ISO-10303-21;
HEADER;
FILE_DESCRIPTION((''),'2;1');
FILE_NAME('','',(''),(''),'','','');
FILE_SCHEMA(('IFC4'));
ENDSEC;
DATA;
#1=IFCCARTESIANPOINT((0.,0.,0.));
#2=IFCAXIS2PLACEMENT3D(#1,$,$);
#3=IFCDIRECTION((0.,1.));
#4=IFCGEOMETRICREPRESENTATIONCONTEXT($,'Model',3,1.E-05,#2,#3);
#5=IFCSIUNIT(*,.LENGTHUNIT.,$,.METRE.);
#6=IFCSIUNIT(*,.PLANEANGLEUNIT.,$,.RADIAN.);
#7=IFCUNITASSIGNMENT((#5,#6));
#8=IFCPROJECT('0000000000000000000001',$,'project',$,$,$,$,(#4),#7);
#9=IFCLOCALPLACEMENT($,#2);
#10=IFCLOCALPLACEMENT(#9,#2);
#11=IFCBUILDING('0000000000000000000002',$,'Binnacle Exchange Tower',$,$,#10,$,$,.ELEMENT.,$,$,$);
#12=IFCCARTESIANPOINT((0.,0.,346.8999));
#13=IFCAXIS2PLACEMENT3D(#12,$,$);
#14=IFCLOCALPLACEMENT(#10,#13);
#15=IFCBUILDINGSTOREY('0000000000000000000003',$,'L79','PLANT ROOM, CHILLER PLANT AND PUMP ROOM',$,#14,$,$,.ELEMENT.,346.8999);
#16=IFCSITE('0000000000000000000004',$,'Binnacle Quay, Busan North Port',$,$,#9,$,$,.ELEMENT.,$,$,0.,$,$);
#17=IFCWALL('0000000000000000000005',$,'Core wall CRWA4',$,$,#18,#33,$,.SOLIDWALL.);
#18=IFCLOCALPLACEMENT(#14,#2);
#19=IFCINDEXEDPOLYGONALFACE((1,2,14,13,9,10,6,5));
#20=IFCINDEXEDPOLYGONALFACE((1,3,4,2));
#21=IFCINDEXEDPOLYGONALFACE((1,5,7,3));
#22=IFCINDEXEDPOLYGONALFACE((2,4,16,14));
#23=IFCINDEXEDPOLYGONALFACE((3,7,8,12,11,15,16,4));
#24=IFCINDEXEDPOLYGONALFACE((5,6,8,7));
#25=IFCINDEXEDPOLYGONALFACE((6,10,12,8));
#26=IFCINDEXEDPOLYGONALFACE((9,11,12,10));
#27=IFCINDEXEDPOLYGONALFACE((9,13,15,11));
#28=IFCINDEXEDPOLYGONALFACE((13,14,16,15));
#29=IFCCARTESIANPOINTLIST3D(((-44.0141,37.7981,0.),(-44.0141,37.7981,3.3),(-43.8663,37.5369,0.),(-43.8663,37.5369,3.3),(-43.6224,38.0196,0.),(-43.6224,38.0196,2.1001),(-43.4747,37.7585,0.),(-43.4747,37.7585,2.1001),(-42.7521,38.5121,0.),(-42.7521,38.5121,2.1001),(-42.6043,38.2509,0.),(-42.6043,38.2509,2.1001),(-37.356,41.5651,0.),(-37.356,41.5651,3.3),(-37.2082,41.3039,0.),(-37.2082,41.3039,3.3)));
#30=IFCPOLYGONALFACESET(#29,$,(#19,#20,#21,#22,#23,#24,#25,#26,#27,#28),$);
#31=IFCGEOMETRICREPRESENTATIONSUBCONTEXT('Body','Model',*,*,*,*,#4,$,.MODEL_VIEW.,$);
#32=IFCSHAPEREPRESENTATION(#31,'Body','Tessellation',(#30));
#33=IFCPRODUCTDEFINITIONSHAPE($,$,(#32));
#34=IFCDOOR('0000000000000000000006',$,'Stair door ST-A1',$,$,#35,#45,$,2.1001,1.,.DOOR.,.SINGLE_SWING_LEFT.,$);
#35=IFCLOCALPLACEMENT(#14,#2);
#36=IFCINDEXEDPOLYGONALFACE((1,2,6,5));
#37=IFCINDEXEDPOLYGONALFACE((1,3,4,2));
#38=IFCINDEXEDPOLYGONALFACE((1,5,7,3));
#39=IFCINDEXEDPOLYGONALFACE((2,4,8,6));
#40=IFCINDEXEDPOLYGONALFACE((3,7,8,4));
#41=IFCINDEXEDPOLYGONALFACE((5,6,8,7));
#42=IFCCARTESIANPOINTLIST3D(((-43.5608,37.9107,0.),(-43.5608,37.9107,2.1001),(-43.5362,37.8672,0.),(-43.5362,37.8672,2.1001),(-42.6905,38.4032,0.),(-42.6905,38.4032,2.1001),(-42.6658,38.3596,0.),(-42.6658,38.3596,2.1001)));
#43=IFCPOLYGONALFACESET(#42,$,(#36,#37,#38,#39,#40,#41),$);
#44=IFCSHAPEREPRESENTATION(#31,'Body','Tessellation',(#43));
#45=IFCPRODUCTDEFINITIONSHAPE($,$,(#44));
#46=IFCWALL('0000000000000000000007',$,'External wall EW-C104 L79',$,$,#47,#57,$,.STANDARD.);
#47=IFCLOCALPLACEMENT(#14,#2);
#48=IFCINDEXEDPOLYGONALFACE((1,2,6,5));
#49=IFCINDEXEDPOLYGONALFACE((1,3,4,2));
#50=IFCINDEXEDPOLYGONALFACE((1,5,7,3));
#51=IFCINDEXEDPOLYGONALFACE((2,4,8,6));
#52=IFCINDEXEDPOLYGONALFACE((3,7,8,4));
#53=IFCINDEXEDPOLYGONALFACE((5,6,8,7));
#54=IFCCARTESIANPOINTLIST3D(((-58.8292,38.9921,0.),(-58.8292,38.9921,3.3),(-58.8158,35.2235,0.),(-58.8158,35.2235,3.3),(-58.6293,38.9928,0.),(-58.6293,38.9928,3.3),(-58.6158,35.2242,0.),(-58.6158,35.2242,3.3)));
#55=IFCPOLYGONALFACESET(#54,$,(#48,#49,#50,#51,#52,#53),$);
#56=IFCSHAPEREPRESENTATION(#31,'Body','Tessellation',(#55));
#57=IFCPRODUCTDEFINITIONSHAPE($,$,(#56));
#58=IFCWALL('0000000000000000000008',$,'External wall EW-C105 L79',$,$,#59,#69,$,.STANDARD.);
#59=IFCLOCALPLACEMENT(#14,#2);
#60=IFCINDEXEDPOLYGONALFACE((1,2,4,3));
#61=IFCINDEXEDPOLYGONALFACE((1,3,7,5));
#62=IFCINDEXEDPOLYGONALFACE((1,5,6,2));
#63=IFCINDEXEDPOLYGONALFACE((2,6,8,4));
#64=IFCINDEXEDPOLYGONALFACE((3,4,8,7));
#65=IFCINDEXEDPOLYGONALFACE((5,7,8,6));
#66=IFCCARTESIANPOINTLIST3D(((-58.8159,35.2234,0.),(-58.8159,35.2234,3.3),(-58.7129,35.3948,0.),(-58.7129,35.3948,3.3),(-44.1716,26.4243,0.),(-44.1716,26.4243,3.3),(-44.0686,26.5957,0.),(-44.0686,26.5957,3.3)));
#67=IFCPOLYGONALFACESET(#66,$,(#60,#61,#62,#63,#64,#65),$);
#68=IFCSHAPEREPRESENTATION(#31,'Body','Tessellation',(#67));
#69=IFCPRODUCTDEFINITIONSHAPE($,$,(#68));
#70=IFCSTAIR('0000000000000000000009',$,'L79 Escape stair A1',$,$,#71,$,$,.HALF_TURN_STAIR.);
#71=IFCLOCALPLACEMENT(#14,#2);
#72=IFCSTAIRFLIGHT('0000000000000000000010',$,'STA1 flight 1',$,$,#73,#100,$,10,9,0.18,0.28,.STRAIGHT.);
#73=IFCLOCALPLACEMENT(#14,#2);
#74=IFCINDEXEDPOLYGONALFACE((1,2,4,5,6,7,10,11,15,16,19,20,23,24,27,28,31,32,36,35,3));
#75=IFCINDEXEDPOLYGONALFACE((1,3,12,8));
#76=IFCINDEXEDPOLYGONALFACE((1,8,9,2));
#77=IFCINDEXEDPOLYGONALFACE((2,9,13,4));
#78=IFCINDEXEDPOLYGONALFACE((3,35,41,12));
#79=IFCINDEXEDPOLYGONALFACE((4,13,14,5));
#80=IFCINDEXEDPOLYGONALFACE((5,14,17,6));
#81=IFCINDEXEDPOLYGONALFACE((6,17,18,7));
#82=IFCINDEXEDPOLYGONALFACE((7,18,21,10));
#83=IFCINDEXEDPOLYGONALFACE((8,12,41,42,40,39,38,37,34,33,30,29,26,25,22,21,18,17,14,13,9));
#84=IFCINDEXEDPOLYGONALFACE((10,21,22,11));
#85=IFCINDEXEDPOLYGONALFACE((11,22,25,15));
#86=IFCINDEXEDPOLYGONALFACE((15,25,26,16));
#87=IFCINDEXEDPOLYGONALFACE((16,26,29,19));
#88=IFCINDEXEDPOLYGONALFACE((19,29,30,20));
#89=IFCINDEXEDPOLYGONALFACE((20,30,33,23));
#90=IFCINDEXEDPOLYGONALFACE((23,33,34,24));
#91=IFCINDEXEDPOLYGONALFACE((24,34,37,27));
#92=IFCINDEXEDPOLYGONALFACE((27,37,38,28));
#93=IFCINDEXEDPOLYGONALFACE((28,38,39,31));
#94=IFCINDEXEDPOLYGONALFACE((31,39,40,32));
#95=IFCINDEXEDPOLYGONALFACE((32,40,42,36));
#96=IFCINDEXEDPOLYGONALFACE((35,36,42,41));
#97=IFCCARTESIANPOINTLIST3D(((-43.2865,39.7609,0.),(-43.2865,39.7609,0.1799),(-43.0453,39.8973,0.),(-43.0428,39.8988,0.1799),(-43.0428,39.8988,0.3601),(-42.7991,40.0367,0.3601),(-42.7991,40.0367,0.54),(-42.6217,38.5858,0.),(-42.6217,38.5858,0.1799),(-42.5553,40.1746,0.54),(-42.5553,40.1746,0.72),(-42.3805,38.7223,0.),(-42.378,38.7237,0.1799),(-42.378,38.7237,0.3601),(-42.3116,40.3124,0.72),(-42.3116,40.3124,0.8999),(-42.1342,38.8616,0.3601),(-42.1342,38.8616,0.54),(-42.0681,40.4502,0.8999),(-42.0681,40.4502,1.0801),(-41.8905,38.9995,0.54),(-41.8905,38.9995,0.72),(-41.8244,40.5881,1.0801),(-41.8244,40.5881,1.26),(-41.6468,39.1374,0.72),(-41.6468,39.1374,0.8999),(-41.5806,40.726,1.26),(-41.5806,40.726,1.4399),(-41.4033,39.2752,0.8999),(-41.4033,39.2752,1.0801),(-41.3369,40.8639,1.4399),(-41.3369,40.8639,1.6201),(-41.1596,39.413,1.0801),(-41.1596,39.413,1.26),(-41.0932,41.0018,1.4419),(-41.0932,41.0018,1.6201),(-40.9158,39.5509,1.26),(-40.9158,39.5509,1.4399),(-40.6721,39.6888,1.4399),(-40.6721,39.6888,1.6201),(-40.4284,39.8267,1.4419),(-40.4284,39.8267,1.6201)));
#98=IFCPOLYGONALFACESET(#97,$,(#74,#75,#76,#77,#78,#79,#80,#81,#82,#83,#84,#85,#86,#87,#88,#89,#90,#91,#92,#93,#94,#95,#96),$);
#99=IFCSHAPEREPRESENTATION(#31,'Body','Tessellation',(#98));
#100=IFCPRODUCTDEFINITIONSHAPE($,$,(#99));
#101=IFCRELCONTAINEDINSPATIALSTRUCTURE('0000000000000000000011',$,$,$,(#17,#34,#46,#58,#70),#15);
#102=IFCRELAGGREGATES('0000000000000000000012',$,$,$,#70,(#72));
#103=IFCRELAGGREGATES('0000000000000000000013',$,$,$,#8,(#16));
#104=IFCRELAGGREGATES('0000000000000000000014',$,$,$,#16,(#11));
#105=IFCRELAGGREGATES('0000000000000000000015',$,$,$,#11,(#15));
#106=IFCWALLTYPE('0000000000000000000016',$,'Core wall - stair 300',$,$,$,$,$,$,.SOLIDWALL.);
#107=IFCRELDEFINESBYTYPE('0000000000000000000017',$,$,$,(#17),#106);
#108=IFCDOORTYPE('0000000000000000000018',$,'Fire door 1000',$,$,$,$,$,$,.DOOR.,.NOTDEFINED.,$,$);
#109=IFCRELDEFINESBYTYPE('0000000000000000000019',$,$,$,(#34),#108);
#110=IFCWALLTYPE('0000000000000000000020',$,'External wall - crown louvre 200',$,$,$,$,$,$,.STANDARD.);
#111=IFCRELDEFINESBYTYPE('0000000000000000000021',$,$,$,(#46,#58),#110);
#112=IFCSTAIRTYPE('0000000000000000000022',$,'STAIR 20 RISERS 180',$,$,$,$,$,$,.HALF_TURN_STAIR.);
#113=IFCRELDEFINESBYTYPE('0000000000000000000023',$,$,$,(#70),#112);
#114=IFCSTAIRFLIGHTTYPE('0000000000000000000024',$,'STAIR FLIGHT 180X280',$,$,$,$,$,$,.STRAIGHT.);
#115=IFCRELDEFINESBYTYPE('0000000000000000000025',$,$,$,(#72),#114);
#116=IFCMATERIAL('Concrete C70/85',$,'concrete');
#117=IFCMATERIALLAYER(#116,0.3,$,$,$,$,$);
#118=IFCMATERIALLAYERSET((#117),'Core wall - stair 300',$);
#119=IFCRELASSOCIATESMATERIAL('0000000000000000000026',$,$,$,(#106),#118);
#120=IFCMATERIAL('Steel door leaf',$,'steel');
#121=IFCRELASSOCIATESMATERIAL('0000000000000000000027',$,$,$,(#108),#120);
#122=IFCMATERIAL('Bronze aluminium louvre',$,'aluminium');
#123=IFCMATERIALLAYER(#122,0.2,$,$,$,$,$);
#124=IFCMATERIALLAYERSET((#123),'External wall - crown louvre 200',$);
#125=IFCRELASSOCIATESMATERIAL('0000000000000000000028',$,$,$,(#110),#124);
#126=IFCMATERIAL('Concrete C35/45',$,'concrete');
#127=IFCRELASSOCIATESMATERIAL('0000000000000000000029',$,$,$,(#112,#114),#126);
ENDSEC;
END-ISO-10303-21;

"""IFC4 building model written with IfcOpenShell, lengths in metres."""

from ifc_helpers import new_model, si_unit, direction, frame, frame_2d, origin, place, context, subcontext, project, spatial, polyline, rectangle, outline, extrude, material, layer, layer_set, type_object, element, fill, aggregate, save


model = new_model("IFC4")

# Units and contexts
model_context = context("Model", 3, precision=1e-05, world=origin(), true_north=direction((0.0, 1.0)))
body_context = subcontext(model_context, "Body", "Model", "MODEL_VIEW")
ifc_project = project(units=[si_unit("LENGTHUNIT", "METRE"), si_unit("PLANEANGLEUNIT", "RADIAN")], contexts=[model_context])

# Site, building, storey
site_placement = place(None, origin())
site = spatial("IfcSite", under=ifc_project, at=site_placement, Name="Binnacle Quay, Busan North Port", CompositionType="ELEMENT", RefElevation=0.0)
building_placement = place(site_placement, origin())
building = spatial("IfcBuilding", under=site, at=building_placement, Name="Binnacle Exchange Tower", CompositionType="ELEMENT")
storey_placement = place(building_placement, frame((0.0, 0.0, 346.8999)))
storey = spatial("IfcBuildingStorey", under=building, at=storey_placement, Name="L79", Description="PLANT ROOM, CHILLER PLANT AND PUMP ROOM", CompositionType="ELEMENT", Elevation=346.8999)

# Shared definitions
ifc_material_1 = material(Name="Concrete C70/85", Category="concrete")

# Wall, opening, door
ifc_layer_1 = layer(ifc_material_1, 0.3)
ifc_layer_set_1 = layer_set([ifc_layer_1], Name="Core wall - stair 300")
wall_type_1 = type_object("IfcWallType", Name="Core wall - stair 300", PredefinedType="SOLIDWALL", material=ifc_layer_set_1)
wall_1_placement = place(storey_placement, frame((-43.9402, 37.6675, 0.0), z_axis=(0.0, 0.0, 1.0), x_axis=(0.870352, 0.492429, 0.0)))
wall_1 = element("IfcWall", 1, at=wall_1_placement, inside=storey, type_object=wall_type_1, Name="Core wall CRWA4", PredefinedType="SOLIDWALL", context=body_context, shape_type="SweptSolid", body=[
    extrude(rectangle(XDim=7.6499, YDim=0.3, at=frame_2d((3.825, 0.0))), origin(), (0.0, 0.0, 1.0), 3.3),
])
opening_placement = place(wall_1_placement, frame((0.45, 0.0, 0.0)))
opening = element("IfcOpeningElement", 2, at=opening_placement, cuts=wall_1, PredefinedType="OPENING", context=body_context, shape_type="SweptSolid", body=[
    extrude(rectangle(XDim=1.0, YDim=2.1001, at=frame_2d((0.5, 1.05))), frame((0.0, 0.1599, 0.0), z_axis=(0.0, -1.0, 0.0), x_axis=(1.0, 0.0, 0.0)), (0.0, 0.0, 1.0), 0.3201),
])
ifc_material_2 = material(Name="Steel door leaf", Category="steel")
door_type = type_object("IfcDoorType", Name="Fire door 1000", OperationType="NOTDEFINED", PredefinedType="DOOR", material=ifc_material_2)
door_placement = place(opening_placement, origin())
door = element("IfcDoor", 3, at=door_placement, inside=storey, type_object=door_type, Name="Stair door ST-A1", OperationType="SINGLE_SWING_LEFT", OverallHeight=2.1001, OverallWidth=1.0, PredefinedType="DOOR", context=body_context, shape_type="SweptSolid", body=[
    extrude(rectangle(XDim=1.0, YDim=2.1001, at=frame_2d((0.5, 1.05))), frame((0.0, 0.0249, 0.0), z_axis=(0.0, -1.0, 0.0), x_axis=(1.0, 0.0, 0.0)), (0.0, 0.0, 1.0), 0.05),
])
fill(opening, door)

# Walls
ifc_material_3 = material(Name="Bronze aluminium louvre", Category="aluminium")
ifc_layer_2 = layer(ifc_material_3, 0.2)
ifc_layer_set_2 = layer_set([ifc_layer_2], Name="External wall - crown louvre 200")
wall_type_2 = type_object("IfcWallType", Name="External wall - crown louvre 200", PredefinedType="STANDARD", material=ifc_layer_set_2)
wall_2_placement = place(storey_placement, frame((-58.7158, 35.2239, 0.0), z_axis=(0.0, 0.0, 1.0), x_axis=(-0.003563, 0.999994, 0.0)))
element("IfcWall", 4, at=wall_2_placement, inside=storey, type_object=wall_type_2, Name="External wall EW-C104 L79", PredefinedType="STANDARD", context=body_context, shape_type="SweptSolid", body=[
    extrude(rectangle(XDim=3.7686, YDim=0.2, at=frame_2d((1.8843, 0.0))), origin(), (0.0, 0.0, 1.0), 3.3),
])
wall_3_placement = place(storey_placement, frame((-44.1201, 26.51, 0.0), z_axis=(0.0, 0.0, 1.0), x_axis=(-0.85717, 0.515034, 0.0)))
element("IfcWall", 5, at=wall_3_placement, inside=storey, type_object=wall_type_2, Name="External wall EW-C105 L79", PredefinedType="STANDARD", context=body_context, shape_type="SweptSolid", body=[
    extrude(rectangle(XDim=17.0845, YDim=0.2, at=frame_2d((8.5422, 0.0))), origin(), (0.0, 0.0, 1.0), 3.3),
])

# Stair, stair flight
ifc_material_4 = material(Name="Concrete C35/45", Category="concrete")
stair_type = type_object("IfcStairType", Name="STAIR 20 RISERS 180", PredefinedType="HALF_TURN_STAIR", material=ifc_material_4)
stair_placement = place(storey_placement, origin())
stair = element("IfcStair", 6, at=stair_placement, inside=storey, type_object=stair_type, Name="L79 Escape stair A1", PredefinedType="HALF_TURN_STAIR")
stair_flight_type = type_object("IfcStairFlightType", Name="STAIR FLIGHT 180X280", PredefinedType="STRAIGHT", material=ifc_material_4)
stair_flight_placement = place(storey_placement, frame((-42.9541, 39.1733, 0.0), z_axis=(0.0, 0.0, 1.0), x_axis=(0.870356, 0.492424, 0.0)))
stair_flight = element("IfcStairFlight", 7, at=stair_flight_placement, type_object=stair_flight_type, Name="STA1 flight 1", NumberOfRisers=10, NumberOfTreads=9, PredefinedType="STRAIGHT", RiserHeight=0.18, TreadLength=0.28, context=body_context, shape_type="SweptSolid", body=[
    extrude(outline(polyline([(0.0, 0.0), (0.0, 0.1799), (0.28, 0.1799), (0.28, 0.3601), (0.5601, 0.3601), (0.5601, 0.54), (0.8401, 0.54), (0.8401, 0.72), (1.1201, 0.72), (1.1201, 0.8999), (1.3999, 0.8999), (1.3999, 1.0801), (1.6799, 1.0801), (1.6799, 1.26), (1.96, 1.26), (1.96, 1.4399), (2.24, 1.4399), (2.24, 1.6201), (2.52, 1.6201), (2.52, 1.8), (2.52, 1.4419), (0.2771, 0.0), (0.0, 0.0)])), frame((0.0, 0.675, 0.0), z_axis=(0.0, -1.0, 0.0), x_axis=(1.0, 0.0, 0.0)), (0.0, 0.0, 1.0), 1.3501),
])
aggregate(stair, [stair_flight])

save(model, "model.ifc")
